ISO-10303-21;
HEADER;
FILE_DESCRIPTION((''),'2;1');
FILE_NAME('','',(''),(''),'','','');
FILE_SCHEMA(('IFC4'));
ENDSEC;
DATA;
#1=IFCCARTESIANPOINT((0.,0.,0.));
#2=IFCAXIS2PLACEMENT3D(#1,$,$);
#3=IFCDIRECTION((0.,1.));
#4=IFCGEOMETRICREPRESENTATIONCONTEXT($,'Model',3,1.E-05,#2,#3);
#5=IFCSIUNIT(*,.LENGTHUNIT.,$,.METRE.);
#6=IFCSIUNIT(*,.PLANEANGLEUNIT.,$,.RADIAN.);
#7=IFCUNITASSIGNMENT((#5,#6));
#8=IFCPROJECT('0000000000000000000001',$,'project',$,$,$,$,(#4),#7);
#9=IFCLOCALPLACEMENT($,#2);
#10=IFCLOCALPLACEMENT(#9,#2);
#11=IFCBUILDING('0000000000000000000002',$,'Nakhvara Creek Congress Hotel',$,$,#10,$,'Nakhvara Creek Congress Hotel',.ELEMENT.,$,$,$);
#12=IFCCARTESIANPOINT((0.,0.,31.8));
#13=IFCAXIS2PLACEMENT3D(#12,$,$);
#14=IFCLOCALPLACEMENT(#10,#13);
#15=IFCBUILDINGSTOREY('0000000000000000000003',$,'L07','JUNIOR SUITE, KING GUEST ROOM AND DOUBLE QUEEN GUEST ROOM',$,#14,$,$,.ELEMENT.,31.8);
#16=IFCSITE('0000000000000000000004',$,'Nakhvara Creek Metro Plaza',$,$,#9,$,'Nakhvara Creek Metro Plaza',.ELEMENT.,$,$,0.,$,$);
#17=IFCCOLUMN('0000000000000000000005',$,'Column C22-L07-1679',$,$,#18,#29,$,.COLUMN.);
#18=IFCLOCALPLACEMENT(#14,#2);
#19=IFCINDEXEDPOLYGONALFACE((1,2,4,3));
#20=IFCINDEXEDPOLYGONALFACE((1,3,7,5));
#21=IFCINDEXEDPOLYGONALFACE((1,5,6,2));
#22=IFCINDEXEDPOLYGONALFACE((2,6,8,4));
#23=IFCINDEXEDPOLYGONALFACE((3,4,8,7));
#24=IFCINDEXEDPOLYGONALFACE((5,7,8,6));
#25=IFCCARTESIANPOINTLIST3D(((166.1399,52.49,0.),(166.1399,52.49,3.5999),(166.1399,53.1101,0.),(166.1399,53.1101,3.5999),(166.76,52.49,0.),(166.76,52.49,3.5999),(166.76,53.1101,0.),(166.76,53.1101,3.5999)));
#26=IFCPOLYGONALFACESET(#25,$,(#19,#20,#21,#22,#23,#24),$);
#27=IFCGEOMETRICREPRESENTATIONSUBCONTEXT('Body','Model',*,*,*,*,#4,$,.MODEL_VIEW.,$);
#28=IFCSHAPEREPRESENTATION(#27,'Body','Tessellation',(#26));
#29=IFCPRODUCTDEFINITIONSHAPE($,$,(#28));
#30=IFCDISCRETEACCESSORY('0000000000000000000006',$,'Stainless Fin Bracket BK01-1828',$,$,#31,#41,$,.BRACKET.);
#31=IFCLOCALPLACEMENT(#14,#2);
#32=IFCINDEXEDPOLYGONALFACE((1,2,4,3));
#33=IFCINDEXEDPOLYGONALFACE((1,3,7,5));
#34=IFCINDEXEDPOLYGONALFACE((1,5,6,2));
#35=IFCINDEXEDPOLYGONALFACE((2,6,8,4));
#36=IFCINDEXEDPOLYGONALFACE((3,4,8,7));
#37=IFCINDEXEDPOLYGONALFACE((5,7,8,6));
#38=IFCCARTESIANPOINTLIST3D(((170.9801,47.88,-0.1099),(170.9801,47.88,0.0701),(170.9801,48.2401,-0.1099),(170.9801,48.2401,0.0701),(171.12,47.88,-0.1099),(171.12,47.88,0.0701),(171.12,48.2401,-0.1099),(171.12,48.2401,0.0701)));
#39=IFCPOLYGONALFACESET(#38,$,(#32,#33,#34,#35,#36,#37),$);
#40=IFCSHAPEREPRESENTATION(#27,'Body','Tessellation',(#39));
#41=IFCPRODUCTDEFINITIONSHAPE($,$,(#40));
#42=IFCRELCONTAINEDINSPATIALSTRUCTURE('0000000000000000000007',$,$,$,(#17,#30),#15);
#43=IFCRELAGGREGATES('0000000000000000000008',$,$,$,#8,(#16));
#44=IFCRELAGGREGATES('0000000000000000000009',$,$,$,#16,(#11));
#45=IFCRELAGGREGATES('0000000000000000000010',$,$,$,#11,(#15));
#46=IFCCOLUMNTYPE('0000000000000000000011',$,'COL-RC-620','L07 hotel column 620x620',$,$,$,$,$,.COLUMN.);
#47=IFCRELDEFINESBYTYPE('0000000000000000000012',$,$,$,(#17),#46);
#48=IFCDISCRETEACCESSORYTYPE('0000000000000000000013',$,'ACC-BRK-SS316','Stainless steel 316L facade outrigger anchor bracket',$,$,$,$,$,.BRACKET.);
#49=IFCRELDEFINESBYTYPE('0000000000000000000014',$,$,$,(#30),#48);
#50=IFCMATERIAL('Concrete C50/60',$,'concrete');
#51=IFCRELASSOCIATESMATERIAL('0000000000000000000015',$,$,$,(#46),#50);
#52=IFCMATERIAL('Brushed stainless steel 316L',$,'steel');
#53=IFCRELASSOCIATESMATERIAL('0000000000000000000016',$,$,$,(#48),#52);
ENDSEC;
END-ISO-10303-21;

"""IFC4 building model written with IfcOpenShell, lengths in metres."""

from ifc_helpers import new_model, si_unit, direction, frame, origin, origin_2d, place, context, subcontext, project, spatial, rectangle, extrude, material, material_profile, profile_set, type_object, element, save


model = new_model("IFC4")

# Units and contexts
model_context = context("Model", 3, precision=1e-05, world=origin(), true_north=direction((0.0, 1.0)))
body_context = subcontext(model_context, "Body", "Model", "MODEL_VIEW")
ifc_project = project(units=[si_unit("LENGTHUNIT", "METRE"), si_unit("PLANEANGLEUNIT", "RADIAN")], contexts=[model_context])

# Site, building, storey
site_placement = place(None, origin())
site = spatial("IfcSite", under=ifc_project, at=site_placement, Name="Nakhvara Creek Metro Plaza", LongName="Nakhvara Creek Metro Plaza", CompositionType="ELEMENT", RefElevation=0.0)
building_placement = place(site_placement, origin())
building = spatial("IfcBuilding", under=site, at=building_placement, Name="Nakhvara Creek Congress Hotel", LongName="Nakhvara Creek Congress Hotel", CompositionType="ELEMENT")
storey_placement = place(building_placement, frame((0.0, 0.0, 31.8)))
storey = spatial("IfcBuildingStorey", under=building, at=storey_placement, Name="L07", Description="JUNIOR SUITE, KING GUEST ROOM AND DOUBLE QUEEN GUEST ROOM", CompositionType="ELEMENT", Elevation=31.8)

# Column
ifc_material_1 = material(Name="Concrete C50/60", Category="concrete")
ifc_material_profile = material_profile(ifc_material_1, rectangle(XDim=0.6201, YDim=0.6201, at=origin_2d()), Name="RC-COL 620x620", Category="LoadBearing")
ifc_profile_set = profile_set([ifc_material_profile], Name="Concrete C50/60")
column_type = type_object("IfcColumnType", Name="COL-RC-620", Description="L07 hotel column 620x620", PredefinedType="COLUMN", material=ifc_profile_set)
column_placement = place(storey_placement, frame((166.45, 52.8, 0.0), z_axis=(0.0, 0.0, 1.0), x_axis=(1.0, 0.0, 0.0)))
element("IfcColumn", 1, at=column_placement, inside=storey, type_object=column_type, Name="Column C22-L07-1679", PredefinedType="COLUMN", context=body_context, shape_type="SweptSolid", body=[
    extrude(rectangle(XDim=0.6201, YDim=0.6201, at=origin_2d()), origin(), (0.0, 0.0, 1.0), 3.5999),
])

# Discrete accessory
ifc_material_2 = material(Name="Brushed stainless steel 316L", Category="steel")
discrete_accessory_type = type_object("IfcDiscreteAccessoryType", Name="ACC-BRK-SS316", Description="Stainless steel 316L facade outrigger anchor bracket", PredefinedType="BRACKET", material=ifc_material_2)
discrete_accessory_placement = place(storey_placement, frame((171.05, 48.0601, -0.1099), z_axis=(0.0, 0.0, 1.0), x_axis=(1.0, 0.0, 0.0)))
element("IfcDiscreteAccessory", 2, at=discrete_accessory_placement, inside=storey, type_object=discrete_accessory_type, Name="Stainless Fin Bracket BK01-1828", PredefinedType="BRACKET", context=body_context, shape_type="SweptSolid", body=[
    extrude(rectangle(XDim=0.1399, YDim=0.3601, at=origin_2d()), origin(), (0.0, 0.0, 1.0), 0.1799),
])

save(model, "model.ifc")
